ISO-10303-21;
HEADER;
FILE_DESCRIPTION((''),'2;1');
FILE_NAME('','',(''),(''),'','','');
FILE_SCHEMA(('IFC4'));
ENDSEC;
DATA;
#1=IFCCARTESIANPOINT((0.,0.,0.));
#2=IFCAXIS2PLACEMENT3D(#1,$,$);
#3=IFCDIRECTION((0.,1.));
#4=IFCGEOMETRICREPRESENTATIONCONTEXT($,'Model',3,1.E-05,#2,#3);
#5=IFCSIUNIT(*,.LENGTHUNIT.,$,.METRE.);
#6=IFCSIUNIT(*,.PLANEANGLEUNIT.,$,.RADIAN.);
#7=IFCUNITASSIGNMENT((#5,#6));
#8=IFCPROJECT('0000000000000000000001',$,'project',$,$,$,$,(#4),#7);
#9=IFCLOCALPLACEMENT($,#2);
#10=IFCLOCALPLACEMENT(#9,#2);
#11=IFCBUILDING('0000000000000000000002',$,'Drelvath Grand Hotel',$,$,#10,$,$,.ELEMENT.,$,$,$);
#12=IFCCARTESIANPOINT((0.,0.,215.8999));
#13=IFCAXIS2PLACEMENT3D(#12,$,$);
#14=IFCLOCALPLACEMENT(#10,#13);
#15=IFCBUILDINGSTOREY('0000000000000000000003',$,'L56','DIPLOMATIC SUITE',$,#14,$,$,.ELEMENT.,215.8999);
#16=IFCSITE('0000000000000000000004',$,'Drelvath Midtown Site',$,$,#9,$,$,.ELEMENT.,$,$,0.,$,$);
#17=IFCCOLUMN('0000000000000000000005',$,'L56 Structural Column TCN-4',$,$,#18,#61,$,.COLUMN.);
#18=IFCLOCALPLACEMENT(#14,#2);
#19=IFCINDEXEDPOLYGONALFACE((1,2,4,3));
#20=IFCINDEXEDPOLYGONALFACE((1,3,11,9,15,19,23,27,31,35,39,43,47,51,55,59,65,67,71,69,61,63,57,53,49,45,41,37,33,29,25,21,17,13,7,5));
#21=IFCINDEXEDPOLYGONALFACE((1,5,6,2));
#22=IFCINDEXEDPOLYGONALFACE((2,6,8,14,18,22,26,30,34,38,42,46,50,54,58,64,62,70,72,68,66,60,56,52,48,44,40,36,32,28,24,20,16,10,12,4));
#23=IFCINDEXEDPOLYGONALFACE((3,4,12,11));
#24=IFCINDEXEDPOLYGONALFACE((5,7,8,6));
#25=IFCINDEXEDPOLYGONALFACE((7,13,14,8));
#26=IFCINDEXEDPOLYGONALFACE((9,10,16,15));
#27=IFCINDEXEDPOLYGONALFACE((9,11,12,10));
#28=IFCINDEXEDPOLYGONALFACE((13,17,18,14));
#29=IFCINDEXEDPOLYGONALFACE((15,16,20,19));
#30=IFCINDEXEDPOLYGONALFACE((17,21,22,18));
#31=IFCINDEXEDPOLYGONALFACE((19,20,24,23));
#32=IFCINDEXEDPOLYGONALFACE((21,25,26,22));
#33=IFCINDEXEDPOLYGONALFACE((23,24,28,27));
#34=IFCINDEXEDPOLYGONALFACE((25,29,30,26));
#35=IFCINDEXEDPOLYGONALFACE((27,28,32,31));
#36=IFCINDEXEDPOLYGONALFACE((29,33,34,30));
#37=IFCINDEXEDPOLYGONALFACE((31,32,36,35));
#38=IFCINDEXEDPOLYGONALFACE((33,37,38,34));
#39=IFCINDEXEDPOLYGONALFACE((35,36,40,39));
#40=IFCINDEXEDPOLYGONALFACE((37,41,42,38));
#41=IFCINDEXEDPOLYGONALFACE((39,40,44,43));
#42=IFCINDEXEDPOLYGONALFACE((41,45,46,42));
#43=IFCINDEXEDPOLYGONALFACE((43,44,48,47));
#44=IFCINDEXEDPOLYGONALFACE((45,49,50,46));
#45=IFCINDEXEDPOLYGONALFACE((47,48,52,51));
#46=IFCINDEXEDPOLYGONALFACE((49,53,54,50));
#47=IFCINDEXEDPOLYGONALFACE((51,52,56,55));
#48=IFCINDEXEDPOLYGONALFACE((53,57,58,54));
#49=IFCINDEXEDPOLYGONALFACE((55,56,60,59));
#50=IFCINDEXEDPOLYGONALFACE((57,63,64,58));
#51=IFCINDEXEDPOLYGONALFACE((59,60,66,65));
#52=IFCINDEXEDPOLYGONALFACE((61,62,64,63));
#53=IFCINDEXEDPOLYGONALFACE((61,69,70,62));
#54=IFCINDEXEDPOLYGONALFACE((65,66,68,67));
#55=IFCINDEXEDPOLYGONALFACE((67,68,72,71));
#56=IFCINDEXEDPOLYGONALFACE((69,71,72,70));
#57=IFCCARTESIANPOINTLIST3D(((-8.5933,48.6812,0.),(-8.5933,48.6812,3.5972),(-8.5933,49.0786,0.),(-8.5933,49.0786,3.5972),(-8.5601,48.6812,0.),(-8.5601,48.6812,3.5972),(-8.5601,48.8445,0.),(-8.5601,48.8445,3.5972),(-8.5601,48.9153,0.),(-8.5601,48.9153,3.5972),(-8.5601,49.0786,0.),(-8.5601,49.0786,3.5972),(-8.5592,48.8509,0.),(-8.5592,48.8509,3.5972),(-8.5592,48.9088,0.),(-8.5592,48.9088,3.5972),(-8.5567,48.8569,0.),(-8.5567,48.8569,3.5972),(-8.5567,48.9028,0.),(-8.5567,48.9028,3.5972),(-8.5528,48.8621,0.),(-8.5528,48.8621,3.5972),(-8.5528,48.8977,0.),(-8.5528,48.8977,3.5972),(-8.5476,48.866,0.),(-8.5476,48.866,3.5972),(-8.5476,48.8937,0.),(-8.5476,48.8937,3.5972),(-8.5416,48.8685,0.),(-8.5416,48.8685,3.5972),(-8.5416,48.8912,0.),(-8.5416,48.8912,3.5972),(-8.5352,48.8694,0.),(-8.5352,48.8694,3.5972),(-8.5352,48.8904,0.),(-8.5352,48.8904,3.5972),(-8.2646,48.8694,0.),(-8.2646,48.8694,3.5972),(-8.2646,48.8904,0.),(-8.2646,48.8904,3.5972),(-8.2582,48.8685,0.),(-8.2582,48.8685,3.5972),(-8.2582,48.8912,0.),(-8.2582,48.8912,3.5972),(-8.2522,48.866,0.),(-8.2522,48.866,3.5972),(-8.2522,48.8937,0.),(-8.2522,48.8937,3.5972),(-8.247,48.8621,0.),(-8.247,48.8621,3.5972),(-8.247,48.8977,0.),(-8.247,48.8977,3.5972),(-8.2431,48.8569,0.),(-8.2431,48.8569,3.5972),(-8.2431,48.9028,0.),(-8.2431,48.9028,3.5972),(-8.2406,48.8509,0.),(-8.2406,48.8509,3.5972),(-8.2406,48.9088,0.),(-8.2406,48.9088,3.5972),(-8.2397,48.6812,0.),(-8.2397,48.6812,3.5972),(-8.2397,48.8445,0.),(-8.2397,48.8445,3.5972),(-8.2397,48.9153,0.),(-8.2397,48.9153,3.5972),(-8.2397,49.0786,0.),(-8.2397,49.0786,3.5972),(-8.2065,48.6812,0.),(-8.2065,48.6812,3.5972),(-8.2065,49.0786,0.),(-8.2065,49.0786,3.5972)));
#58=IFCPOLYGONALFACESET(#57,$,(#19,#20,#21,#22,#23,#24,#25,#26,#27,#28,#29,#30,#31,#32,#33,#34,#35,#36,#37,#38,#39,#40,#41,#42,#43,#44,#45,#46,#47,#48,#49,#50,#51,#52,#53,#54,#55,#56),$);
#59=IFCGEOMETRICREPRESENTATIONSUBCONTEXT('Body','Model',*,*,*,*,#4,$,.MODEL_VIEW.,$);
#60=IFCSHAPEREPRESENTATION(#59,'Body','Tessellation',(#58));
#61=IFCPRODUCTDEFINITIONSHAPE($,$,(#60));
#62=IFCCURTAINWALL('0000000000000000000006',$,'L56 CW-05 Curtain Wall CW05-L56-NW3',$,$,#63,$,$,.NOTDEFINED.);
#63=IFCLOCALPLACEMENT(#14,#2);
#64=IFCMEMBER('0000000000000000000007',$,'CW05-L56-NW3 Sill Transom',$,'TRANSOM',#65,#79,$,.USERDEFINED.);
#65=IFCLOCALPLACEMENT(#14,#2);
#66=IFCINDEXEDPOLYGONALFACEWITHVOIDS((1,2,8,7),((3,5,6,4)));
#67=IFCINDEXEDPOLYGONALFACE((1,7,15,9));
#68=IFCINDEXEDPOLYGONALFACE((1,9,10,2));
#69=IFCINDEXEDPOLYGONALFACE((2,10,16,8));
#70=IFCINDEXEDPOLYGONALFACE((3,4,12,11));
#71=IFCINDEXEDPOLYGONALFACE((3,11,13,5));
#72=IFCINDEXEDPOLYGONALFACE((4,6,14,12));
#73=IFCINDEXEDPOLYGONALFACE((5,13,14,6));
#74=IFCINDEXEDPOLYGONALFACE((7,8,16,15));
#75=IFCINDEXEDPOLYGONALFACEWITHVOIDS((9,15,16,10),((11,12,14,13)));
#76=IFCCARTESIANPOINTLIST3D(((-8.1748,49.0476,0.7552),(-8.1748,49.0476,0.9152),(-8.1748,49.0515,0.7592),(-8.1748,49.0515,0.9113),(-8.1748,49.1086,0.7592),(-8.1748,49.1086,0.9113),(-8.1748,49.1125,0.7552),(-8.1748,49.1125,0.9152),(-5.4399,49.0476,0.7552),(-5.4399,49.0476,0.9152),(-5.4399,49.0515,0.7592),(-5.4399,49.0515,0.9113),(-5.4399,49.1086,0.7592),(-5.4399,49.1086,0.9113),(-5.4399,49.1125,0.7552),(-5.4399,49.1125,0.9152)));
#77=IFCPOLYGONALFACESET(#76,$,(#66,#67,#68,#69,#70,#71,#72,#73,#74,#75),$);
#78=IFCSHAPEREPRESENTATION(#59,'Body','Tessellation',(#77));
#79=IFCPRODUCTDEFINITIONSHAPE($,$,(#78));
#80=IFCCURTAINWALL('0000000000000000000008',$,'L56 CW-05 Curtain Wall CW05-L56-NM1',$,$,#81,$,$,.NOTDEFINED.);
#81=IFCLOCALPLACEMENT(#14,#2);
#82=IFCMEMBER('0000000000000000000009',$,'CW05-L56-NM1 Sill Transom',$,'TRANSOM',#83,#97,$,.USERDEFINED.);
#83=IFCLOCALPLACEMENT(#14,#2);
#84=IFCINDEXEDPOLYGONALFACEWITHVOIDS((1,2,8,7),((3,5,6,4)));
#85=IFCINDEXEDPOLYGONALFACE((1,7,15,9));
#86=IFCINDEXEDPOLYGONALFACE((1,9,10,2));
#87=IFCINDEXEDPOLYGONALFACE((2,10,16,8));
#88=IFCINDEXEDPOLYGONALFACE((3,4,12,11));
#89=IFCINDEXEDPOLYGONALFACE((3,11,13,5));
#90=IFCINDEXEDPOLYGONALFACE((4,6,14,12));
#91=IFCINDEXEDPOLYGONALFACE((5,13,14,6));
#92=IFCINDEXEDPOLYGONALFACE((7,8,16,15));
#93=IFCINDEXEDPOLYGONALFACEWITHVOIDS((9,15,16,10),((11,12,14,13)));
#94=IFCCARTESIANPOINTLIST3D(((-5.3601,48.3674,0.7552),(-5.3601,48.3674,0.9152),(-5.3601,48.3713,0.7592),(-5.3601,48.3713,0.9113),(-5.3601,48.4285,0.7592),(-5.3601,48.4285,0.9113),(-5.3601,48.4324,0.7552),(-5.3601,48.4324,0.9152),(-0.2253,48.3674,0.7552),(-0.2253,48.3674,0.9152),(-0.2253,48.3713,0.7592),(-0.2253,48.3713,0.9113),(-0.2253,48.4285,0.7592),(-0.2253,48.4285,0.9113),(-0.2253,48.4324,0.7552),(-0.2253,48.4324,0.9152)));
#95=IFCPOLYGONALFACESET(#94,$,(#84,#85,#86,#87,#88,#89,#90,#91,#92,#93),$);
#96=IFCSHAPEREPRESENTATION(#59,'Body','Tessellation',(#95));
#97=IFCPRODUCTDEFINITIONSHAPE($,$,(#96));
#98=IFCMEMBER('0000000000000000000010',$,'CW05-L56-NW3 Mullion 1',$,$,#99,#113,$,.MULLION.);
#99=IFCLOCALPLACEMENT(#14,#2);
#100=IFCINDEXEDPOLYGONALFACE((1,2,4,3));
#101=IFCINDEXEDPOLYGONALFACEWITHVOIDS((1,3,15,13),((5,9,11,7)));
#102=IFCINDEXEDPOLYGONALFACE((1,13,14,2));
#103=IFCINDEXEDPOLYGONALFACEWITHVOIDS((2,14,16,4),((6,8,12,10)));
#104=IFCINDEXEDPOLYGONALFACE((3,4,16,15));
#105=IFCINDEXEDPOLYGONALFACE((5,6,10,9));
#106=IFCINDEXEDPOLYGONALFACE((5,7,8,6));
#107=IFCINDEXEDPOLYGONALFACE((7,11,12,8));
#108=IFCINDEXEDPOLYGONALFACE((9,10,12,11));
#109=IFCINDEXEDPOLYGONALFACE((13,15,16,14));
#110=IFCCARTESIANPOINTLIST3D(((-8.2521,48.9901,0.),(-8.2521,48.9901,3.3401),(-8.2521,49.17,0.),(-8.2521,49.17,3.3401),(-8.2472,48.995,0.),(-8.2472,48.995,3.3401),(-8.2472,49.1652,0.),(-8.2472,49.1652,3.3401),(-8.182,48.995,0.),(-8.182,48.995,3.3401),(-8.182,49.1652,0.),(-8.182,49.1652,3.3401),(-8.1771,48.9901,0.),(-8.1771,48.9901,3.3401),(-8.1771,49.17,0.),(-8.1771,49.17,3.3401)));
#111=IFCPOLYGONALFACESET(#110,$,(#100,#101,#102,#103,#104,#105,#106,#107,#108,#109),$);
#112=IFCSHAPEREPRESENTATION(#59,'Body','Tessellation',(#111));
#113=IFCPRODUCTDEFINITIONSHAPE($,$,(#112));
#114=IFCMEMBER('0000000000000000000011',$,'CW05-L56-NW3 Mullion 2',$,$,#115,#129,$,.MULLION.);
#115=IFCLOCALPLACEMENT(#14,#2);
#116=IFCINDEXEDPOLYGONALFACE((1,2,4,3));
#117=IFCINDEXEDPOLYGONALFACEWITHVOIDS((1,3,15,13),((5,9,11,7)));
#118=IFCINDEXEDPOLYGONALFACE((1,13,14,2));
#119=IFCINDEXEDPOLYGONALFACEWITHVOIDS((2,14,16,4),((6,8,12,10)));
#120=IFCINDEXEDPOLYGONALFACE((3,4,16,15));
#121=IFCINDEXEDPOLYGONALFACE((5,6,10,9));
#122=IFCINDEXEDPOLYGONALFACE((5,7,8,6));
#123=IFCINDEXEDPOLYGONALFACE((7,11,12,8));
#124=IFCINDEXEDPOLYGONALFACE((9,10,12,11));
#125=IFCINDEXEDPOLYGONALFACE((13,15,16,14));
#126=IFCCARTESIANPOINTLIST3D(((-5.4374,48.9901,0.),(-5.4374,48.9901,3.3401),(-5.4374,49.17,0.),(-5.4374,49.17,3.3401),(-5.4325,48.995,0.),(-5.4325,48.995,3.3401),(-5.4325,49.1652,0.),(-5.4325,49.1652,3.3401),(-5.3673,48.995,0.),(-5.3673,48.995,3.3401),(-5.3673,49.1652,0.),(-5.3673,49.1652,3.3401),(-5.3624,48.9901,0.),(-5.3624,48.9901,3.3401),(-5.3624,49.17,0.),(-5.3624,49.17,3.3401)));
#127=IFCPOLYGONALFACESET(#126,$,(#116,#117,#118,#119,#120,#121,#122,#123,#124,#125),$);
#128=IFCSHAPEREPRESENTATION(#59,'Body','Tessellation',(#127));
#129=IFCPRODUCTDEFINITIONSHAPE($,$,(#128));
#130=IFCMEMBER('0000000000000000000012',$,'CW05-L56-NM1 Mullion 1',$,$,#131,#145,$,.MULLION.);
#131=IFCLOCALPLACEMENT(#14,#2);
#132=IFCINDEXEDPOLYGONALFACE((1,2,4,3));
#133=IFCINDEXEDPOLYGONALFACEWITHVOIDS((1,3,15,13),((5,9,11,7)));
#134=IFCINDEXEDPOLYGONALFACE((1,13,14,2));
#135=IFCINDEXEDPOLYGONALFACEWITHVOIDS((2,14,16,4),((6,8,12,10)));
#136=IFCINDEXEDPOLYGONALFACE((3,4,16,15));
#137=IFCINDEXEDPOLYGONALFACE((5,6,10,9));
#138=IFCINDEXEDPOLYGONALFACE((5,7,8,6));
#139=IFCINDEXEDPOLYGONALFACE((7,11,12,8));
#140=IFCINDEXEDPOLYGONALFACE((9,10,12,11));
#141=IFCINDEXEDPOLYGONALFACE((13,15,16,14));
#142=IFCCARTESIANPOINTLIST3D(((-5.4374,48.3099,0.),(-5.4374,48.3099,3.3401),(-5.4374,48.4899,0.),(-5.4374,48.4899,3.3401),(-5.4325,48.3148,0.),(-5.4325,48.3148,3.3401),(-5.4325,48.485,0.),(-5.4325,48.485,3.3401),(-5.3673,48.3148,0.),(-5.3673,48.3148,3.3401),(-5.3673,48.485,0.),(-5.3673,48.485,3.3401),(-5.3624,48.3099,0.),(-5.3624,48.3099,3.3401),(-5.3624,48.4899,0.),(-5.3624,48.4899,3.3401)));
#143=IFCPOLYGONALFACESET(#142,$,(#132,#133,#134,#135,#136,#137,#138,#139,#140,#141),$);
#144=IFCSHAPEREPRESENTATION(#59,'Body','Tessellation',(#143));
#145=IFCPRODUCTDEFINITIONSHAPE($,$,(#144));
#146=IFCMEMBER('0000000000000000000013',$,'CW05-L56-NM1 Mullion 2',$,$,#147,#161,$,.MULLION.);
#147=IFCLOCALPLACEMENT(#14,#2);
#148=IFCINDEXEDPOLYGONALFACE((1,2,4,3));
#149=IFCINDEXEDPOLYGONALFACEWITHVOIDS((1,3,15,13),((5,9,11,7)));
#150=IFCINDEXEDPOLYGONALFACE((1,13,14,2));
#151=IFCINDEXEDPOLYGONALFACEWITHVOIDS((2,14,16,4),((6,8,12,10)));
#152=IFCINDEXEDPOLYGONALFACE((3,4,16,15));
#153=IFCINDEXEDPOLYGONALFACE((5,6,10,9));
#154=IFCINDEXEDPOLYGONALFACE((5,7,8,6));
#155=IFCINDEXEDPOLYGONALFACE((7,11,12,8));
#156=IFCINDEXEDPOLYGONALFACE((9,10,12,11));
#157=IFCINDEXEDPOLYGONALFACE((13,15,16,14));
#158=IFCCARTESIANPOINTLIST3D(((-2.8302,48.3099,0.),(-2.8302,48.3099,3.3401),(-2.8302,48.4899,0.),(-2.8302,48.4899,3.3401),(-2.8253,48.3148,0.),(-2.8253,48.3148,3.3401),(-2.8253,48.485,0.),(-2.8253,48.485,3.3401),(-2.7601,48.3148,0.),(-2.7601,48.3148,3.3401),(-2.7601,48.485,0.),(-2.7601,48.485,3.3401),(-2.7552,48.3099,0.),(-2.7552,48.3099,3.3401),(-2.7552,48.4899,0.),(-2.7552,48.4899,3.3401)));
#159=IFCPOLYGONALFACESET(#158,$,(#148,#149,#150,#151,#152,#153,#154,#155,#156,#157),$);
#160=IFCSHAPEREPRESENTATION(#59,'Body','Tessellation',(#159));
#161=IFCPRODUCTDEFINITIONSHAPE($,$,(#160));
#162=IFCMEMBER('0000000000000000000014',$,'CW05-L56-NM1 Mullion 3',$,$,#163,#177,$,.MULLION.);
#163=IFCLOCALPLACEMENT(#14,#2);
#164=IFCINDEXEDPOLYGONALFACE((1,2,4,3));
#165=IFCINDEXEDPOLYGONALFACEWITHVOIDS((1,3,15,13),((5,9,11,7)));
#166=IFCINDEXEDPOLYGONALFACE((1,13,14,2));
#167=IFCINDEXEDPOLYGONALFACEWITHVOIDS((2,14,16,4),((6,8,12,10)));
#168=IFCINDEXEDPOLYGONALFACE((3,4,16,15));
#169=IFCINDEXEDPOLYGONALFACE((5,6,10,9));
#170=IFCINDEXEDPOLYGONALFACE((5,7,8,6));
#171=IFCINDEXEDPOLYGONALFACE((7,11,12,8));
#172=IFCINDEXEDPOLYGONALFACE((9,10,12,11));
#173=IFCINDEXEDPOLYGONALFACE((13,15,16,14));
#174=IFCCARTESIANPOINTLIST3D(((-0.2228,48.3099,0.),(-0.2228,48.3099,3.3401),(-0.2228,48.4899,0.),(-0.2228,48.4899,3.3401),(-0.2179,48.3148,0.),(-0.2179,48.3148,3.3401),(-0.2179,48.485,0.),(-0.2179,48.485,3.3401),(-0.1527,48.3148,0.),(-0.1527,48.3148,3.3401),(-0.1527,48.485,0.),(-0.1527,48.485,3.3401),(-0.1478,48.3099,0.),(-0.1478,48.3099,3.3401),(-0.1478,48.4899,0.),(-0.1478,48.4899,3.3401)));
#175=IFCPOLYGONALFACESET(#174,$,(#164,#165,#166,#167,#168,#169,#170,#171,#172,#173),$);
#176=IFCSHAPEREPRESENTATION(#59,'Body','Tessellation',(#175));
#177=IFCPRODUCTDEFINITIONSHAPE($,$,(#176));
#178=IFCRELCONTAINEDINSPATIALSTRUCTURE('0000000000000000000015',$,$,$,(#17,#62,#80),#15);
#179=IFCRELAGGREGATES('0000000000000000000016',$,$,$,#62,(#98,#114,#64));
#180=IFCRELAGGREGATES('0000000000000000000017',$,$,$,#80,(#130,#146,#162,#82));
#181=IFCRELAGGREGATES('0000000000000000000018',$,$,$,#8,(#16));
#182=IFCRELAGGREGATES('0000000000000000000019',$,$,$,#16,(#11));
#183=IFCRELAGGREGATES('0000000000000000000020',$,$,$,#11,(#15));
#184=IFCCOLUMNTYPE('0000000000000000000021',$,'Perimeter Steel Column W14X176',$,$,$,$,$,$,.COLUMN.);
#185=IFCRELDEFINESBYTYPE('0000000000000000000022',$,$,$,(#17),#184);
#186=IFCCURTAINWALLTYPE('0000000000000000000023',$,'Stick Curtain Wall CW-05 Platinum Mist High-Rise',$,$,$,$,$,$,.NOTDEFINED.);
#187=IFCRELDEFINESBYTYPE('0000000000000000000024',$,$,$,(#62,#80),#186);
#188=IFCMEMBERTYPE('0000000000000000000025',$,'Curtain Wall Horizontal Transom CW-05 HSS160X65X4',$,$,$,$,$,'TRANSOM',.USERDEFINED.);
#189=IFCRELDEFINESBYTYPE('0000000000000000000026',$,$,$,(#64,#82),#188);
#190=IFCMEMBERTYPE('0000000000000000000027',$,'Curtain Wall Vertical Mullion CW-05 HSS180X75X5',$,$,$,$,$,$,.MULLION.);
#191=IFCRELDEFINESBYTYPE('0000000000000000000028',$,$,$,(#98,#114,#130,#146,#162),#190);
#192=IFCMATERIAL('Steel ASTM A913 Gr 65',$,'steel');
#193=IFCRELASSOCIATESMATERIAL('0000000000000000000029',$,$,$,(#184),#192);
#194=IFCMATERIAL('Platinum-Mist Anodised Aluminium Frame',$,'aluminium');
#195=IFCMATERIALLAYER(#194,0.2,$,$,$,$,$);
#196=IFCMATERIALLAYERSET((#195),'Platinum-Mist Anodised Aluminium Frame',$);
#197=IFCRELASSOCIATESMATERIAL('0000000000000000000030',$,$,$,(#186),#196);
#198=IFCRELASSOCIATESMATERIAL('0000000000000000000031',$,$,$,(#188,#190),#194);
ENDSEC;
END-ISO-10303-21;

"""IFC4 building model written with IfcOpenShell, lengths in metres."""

from ifc_helpers import new_model, si_unit, direction, frame, origin, origin_2d, place, context, subcontext, project, spatial, hollow_rectangle, i_section, extrude, material, layer, layer_set, material_profile, profile_set, type_object, element, aggregate, save


model = new_model("IFC4")

# Units and contexts
model_context = context("Model", 3, precision=1e-05, world=origin(), true_north=direction((0.0, 1.0)))
body_context = subcontext(model_context, "Body", "Model", "MODEL_VIEW")
ifc_project = project(units=[si_unit("LENGTHUNIT", "METRE"), si_unit("PLANEANGLEUNIT", "RADIAN")], contexts=[model_context])

# Site, building, storey
site_placement = place(None, origin())
site = spatial("IfcSite", under=ifc_project, at=site_placement, Name="Drelvath Midtown Site", CompositionType="ELEMENT", RefElevation=0.0)
building_placement = place(site_placement, origin())
building = spatial("IfcBuilding", under=site, at=building_placement, Name="Drelvath Grand Hotel", CompositionType="ELEMENT")
storey_placement = place(building_placement, frame((0.0, 0.0, 215.8999)))
storey = spatial("IfcBuildingStorey", under=building, at=storey_placement, Name="L56", Description="DIPLOMATIC SUITE", CompositionType="ELEMENT", Elevation=215.8999)

# Column
ifc_material_1 = material(Name="Steel ASTM A913 Gr 65", Category="steel")
ifc_material_profile_1 = material_profile(ifc_material_1, i_section(OverallWidth=0.3975, OverallDepth=0.3867, WebThickness=0.021, FlangeThickness=0.0332, FilletRadius=0.0249, at=origin_2d()), Name="W14X176")
ifc_profile_set_1 = profile_set([ifc_material_profile_1], Name="Steel ASTM A913 Gr 65")
column_type = type_object("IfcColumnType", Name="Perimeter Steel Column W14X176", PredefinedType="COLUMN", material=ifc_profile_set_1)
column_placement = place(storey_placement, frame((-8.3999, 48.8799, 0.0), z_axis=(0.0, 0.0, 1.0), x_axis=(0.0, 1.0, 0.0)))
element("IfcColumn", 1, at=column_placement, inside=storey, type_object=column_type, Name="L56 Structural Column TCN-4", PredefinedType="COLUMN", context=body_context, shape_type="SweptSolid", body=[
    extrude(i_section(OverallWidth=0.3975, OverallDepth=0.3867, WebThickness=0.021, FlangeThickness=0.0332, FilletRadius=0.0249, at=origin_2d()), origin(), (0.0, 0.0, 1.0), 3.5972),
])

# Curtain walls, members
ifc_material_2 = material(Name="Platinum-Mist Anodised Aluminium Frame", Category="aluminium")
ifc_layer_1 = layer(ifc_material_2, 0.2)
ifc_layer_set_1 = layer_set([ifc_layer_1], Name="Platinum-Mist Anodised Aluminium Frame")
curtain_wall_type = type_object("IfcCurtainWallType", Name="Stick Curtain Wall CW-05 Platinum Mist High-Rise", PredefinedType="NOTDEFINED", material=ifc_layer_set_1)
curtain_wall_1_placement = place(storey_placement, origin())
curtain_wall_1 = element("IfcCurtainWall", 2, at=curtain_wall_1_placement, inside=storey, type_object=curtain_wall_type, Name="L56 CW-05 Curtain Wall CW05-L56-NW3", PredefinedType="NOTDEFINED")
ifc_material_profile_2 = material_profile(ifc_material_2, hollow_rectangle(XDim=0.0649, YDim=0.1599, WallThickness=0.0039, at=origin_2d()), Name="HSS160X65X4")
ifc_profile_set_2 = profile_set([ifc_material_profile_2], Name="Platinum-Mist Anodised Aluminium Frame")
member_type_1 = type_object("IfcMemberType", Name="Curtain Wall Horizontal Transom CW-05 HSS160X65X4", ElementType="TRANSOM", PredefinedType="USERDEFINED", material=ifc_profile_set_2)
member_1_placement = place(storey_placement, frame((-8.1748, 49.0801, 0.8352), z_axis=(1.0, 0.0, 0.0), x_axis=(0.0, 1.0, 0.0)))
member_1 = element("IfcMember", 3, at=member_1_placement, type_object=member_type_1, Name="CW05-L56-NW3 Sill Transom", ObjectType="TRANSOM", PredefinedType="USERDEFINED", context=body_context, shape_type="SweptSolid", body=[
    extrude(hollow_rectangle(XDim=0.0649, YDim=0.1599, WallThickness=0.0039, at=origin_2d()), origin(), (0.0, 0.0, 1.0), 2.7349),
])
curtain_wall_2_placement = place(storey_placement, origin())
curtain_wall_2 = element("IfcCurtainWall", 4, at=curtain_wall_2_placement, inside=storey, type_object=curtain_wall_type, Name="L56 CW-05 Curtain Wall CW05-L56-NM1", PredefinedType="NOTDEFINED")
member_2_placement = place(storey_placement, frame((-5.3601, 48.3999, 0.8352), z_axis=(1.0, 0.0, 0.0), x_axis=(0.0, 1.0, 0.0)))
member_2 = element("IfcMember", 5, at=member_2_placement, type_object=member_type_1, Name="CW05-L56-NM1 Sill Transom", ObjectType="TRANSOM", PredefinedType="USERDEFINED", context=body_context, shape_type="SweptSolid", body=[
    extrude(hollow_rectangle(XDim=0.0649, YDim=0.1599, WallThickness=0.0039, at=origin_2d()), origin(), (0.0, 0.0, 1.0), 5.1348),
])

# Members
ifc_material_profile_3 = material_profile(ifc_material_2, hollow_rectangle(XDim=0.075, YDim=0.1799, WallThickness=0.0049, at=origin_2d()), Name="HSS180X75X5")
ifc_profile_set_3 = profile_set([ifc_material_profile_3], Name="Platinum-Mist Anodised Aluminium Frame")
member_type_2 = type_object("IfcMemberType", Name="Curtain Wall Vertical Mullion CW-05 HSS180X75X5", PredefinedType="MULLION", material=ifc_profile_set_3)
member_3_placement = place(storey_placement, frame((-8.2146, 49.0801, 0.0), z_axis=(0.0, 0.0, 1.0), x_axis=(1.0, 0.0, 0.0)))
member_3 = element("IfcMember", 6, at=member_3_placement, type_object=member_type_2, Name="CW05-L56-NW3 Mullion 1", PredefinedType="MULLION", context=body_context, shape_type="SweptSolid", body=[
    extrude(hollow_rectangle(XDim=0.075, YDim=0.1799, WallThickness=0.0049, at=origin_2d()), origin(), (0.0, 0.0, 1.0), 3.3401),
])
member_4_placement = place(storey_placement, frame((-5.3999, 49.0801, 0.0), z_axis=(0.0, 0.0, 1.0), x_axis=(1.0, 0.0, 0.0)))
member_4 = element("IfcMember", 7, at=member_4_placement, type_object=member_type_2, Name="CW05-L56-NW3 Mullion 2", PredefinedType="MULLION", context=body_context, shape_type="SweptSolid", body=[
    extrude(hollow_rectangle(XDim=0.075, YDim=0.1799, WallThickness=0.0049, at=origin_2d()), origin(), (0.0, 0.0, 1.0), 3.3401),
])
member_5_placement = place(storey_placement, frame((-5.3999, 48.3999, 0.0), z_axis=(0.0, 0.0, 1.0), x_axis=(1.0, 0.0, 0.0)))
member_5 = element("IfcMember", 8, at=member_5_placement, type_object=member_type_2, Name="CW05-L56-NM1 Mullion 1", PredefinedType="MULLION", context=body_context, shape_type="SweptSolid", body=[
    extrude(hollow_rectangle(XDim=0.075, YDim=0.1799, WallThickness=0.0049, at=origin_2d()), origin(), (0.0, 0.0, 1.0), 3.3401),
])
member_6_placement = place(storey_placement, frame((-2.7927, 48.3999, 0.0), z_axis=(0.0, 0.0, 1.0), x_axis=(1.0, 0.0, 0.0)))
member_6 = element("IfcMember", 9, at=member_6_placement, type_object=member_type_2, Name="CW05-L56-NM1 Mullion 2", PredefinedType="MULLION", context=body_context, shape_type="SweptSolid", body=[
    extrude(hollow_rectangle(XDim=0.075, YDim=0.1799, WallThickness=0.0049, at=origin_2d()), origin(), (0.0, 0.0, 1.0), 3.3401),
])
member_7_placement = place(storey_placement, frame((-0.1853, 48.3999, 0.0), z_axis=(0.0, 0.0, 1.0), x_axis=(1.0, 0.0, 0.0)))
member_7 = element("IfcMember", 10, at=member_7_placement, type_object=member_type_2, Name="CW05-L56-NM1 Mullion 3", PredefinedType="MULLION", context=body_context, shape_type="SweptSolid", body=[
    extrude(hollow_rectangle(XDim=0.075, YDim=0.1799, WallThickness=0.0049, at=origin_2d()), origin(), (0.0, 0.0, 1.0), 3.3401),
])

aggregate(curtain_wall_1, [member_3, member_4, member_1])
aggregate(curtain_wall_2, [member_5, member_6, member_7, member_2])

save(model, "model.ifc")
